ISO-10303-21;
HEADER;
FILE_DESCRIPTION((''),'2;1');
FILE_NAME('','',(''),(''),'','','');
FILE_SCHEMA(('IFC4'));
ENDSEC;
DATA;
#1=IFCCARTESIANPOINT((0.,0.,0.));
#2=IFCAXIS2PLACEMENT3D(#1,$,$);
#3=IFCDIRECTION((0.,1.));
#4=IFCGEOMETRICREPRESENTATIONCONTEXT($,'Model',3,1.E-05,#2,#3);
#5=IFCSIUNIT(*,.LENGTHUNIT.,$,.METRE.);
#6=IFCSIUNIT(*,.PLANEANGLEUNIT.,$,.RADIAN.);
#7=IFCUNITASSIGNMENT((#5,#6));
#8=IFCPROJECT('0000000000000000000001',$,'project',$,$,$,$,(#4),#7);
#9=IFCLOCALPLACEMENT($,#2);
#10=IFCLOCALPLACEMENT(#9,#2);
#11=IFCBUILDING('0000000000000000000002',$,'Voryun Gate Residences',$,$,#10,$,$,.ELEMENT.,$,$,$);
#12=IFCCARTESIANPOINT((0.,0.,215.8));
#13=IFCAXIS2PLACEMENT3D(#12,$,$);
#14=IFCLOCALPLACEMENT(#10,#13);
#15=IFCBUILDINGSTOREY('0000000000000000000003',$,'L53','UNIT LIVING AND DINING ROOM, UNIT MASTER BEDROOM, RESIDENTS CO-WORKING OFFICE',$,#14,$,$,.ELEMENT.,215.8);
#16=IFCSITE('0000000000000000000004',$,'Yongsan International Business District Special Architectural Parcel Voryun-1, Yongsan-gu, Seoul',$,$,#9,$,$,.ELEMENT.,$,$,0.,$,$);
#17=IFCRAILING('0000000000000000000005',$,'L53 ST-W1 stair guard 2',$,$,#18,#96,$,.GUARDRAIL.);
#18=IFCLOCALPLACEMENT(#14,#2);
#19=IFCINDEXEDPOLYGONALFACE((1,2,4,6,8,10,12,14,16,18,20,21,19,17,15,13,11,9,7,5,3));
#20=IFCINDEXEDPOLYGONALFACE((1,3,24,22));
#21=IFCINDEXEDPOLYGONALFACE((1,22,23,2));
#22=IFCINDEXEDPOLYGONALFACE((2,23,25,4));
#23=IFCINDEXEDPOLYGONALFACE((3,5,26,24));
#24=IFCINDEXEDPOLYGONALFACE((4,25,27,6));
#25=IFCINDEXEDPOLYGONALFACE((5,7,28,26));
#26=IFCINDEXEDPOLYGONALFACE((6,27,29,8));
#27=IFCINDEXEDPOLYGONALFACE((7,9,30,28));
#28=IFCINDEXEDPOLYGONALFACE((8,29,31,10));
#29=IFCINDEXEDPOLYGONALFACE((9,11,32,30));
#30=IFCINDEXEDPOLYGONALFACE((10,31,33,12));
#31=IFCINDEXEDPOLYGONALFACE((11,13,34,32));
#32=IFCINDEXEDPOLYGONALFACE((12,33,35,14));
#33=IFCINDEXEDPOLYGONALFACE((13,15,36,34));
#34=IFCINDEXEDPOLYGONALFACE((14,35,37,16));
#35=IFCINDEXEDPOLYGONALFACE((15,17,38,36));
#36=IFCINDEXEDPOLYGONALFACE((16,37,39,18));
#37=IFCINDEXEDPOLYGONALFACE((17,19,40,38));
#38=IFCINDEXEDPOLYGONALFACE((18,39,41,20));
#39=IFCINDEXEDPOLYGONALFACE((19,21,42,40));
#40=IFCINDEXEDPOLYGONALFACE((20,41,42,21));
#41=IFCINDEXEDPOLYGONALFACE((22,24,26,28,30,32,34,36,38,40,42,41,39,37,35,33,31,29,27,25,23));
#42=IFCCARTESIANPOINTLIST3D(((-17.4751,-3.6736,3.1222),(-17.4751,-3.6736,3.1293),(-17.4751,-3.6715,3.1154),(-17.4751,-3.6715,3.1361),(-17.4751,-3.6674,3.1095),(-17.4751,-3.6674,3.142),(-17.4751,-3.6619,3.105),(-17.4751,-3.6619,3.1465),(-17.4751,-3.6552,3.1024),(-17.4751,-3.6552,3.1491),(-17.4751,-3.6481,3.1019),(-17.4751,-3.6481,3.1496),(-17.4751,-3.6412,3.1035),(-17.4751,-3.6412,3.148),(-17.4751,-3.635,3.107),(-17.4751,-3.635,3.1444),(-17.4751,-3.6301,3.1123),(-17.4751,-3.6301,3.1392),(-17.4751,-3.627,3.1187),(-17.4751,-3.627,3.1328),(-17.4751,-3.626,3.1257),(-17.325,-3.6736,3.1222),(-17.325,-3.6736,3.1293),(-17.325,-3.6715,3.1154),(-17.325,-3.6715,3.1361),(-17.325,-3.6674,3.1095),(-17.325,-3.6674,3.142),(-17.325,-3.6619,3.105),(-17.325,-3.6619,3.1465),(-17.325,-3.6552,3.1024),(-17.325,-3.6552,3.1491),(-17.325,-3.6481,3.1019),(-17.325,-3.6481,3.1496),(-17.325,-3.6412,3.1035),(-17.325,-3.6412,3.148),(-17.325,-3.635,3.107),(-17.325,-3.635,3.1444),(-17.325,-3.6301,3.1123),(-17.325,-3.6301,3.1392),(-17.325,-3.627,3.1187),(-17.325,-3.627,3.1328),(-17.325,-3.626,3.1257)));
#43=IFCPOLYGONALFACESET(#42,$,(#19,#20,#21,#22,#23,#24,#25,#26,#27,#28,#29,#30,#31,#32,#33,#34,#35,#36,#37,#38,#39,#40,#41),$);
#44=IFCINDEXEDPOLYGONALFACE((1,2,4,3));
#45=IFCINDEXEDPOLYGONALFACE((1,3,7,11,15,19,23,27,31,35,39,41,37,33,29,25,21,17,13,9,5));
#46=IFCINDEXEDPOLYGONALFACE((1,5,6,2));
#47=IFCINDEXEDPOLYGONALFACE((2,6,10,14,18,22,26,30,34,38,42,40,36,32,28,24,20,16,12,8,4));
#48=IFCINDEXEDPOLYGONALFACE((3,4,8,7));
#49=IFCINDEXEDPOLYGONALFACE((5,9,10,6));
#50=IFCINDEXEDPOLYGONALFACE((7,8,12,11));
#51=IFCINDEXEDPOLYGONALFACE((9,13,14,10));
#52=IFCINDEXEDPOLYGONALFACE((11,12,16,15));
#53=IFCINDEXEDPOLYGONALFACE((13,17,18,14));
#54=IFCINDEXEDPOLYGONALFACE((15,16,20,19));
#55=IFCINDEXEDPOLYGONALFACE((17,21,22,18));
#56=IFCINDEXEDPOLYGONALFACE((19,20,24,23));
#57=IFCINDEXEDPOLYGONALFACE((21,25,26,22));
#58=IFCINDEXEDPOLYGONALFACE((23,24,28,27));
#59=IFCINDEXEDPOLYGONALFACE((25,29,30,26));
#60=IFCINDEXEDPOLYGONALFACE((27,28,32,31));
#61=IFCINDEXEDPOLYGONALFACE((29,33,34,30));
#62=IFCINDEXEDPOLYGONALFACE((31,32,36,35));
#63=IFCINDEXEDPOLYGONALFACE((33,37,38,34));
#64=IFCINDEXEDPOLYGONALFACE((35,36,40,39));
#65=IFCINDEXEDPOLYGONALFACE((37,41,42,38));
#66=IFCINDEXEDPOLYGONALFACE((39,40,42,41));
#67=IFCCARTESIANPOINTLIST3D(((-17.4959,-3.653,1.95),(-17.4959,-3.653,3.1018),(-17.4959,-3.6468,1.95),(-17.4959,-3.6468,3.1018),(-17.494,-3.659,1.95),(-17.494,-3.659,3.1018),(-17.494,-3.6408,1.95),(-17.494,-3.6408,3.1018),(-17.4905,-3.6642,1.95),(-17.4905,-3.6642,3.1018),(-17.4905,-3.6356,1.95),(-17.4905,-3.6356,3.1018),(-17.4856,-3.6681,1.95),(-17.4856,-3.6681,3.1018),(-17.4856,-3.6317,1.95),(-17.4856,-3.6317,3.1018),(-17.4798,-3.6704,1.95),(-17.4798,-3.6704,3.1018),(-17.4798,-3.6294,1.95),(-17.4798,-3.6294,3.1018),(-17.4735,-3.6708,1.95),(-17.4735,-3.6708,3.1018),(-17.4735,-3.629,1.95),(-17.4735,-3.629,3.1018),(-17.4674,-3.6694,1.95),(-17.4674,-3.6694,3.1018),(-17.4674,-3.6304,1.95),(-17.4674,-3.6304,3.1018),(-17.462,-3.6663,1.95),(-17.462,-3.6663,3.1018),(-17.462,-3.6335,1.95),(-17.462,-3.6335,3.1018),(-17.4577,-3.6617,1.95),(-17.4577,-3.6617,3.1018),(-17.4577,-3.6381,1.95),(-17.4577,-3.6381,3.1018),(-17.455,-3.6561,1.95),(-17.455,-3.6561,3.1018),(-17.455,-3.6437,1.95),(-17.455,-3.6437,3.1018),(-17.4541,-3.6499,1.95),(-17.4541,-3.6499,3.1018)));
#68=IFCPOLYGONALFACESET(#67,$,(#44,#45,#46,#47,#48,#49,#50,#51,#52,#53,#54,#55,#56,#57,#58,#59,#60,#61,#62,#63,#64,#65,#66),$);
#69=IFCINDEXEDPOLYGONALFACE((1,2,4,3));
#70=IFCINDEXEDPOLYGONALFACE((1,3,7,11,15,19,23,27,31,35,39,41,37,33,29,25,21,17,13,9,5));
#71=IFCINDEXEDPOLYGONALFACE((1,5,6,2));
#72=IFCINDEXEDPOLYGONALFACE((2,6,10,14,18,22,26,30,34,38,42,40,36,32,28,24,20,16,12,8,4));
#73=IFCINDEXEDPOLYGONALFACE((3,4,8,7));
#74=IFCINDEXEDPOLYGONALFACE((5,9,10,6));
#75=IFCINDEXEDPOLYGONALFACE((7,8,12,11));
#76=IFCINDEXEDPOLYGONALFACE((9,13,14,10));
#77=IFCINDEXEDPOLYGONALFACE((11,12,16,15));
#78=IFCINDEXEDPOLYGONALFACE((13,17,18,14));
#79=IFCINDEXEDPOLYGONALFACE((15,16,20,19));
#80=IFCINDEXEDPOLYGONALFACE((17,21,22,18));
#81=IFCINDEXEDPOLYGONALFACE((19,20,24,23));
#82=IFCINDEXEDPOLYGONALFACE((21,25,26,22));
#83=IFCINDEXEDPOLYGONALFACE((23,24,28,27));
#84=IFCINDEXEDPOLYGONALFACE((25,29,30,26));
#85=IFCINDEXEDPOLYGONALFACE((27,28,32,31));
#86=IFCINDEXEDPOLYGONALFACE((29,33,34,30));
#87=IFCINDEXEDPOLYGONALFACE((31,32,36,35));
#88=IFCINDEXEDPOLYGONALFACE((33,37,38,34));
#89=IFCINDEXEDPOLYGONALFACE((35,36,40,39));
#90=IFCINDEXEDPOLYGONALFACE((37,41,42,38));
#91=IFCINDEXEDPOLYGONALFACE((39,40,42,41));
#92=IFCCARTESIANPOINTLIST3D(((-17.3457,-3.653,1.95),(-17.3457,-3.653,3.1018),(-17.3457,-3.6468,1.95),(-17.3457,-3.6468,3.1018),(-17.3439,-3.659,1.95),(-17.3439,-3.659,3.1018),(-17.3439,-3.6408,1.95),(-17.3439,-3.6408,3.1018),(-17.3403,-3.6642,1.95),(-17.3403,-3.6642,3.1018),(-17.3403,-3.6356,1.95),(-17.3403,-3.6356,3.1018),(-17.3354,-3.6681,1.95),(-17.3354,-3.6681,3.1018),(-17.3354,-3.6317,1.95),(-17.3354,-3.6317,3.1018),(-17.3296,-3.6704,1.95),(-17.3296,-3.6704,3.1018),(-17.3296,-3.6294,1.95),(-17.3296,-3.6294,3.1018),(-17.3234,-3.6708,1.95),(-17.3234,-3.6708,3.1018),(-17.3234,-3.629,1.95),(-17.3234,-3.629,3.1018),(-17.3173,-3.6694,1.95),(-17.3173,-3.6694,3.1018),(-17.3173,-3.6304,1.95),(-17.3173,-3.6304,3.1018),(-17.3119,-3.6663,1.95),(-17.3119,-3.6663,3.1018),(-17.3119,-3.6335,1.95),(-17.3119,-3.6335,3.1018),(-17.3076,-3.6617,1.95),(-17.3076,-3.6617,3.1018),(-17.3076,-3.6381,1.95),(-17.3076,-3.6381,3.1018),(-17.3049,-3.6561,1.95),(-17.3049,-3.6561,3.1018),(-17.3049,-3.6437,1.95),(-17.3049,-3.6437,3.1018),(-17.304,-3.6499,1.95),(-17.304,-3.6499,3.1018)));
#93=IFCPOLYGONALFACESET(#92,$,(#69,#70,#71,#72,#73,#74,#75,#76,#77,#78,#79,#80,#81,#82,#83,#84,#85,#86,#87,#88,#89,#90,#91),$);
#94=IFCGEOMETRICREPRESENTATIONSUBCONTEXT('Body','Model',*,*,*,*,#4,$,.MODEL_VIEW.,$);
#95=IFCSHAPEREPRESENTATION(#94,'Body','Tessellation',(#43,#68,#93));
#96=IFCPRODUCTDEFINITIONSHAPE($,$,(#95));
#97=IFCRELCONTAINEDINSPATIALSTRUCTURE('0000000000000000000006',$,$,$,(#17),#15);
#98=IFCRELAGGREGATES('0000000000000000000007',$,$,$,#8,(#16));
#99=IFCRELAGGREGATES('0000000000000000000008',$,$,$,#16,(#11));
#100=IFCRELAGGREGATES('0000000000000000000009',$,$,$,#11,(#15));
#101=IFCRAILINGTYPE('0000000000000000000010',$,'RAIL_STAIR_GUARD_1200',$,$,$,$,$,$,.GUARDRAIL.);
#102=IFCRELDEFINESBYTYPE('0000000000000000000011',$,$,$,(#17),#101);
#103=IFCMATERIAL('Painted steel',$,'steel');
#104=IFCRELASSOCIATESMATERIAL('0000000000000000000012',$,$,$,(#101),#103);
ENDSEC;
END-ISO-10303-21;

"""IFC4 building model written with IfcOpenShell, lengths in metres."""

from ifc_helpers import new_model, si_unit, direction, frame, origin, origin_2d, place, context, subcontext, project, spatial, circle, extrude, material, type_object, element, save


model = new_model("IFC4")

# Units and contexts
model_context = context("Model", 3, precision=1e-05, world=origin(), true_north=direction((0.0, 1.0)))
body_context = subcontext(model_context, "Body", "Model", "MODEL_VIEW")
ifc_project = project(units=[si_unit("LENGTHUNIT", "METRE"), si_unit("PLANEANGLEUNIT", "RADIAN")], contexts=[model_context])

# Site, building, storey
site_placement = place(None, origin())
site = spatial("IfcSite", under=ifc_project, at=site_placement, Name="Yongsan International Business District Special Architectural Parcel Voryun-1, Yongsan-gu, Seoul", CompositionType="ELEMENT", RefElevation=0.0)
building_placement = place(site_placement, origin())
building = spatial("IfcBuilding", under=site, at=building_placement, Name="Voryun Gate Residences", CompositionType="ELEMENT")
storey_placement = place(building_placement, frame((0.0, 0.0, 215.8)))
storey = spatial("IfcBuildingStorey", under=building, at=storey_placement, Name="L53", Description="UNIT LIVING AND DINING ROOM, UNIT MASTER BEDROOM, RESIDENTS CO-WORKING OFFICE", CompositionType="ELEMENT", Elevation=215.8)

# Railing
ifc_material_1 = material(Name="Painted steel", Category="steel")
railing_type_1 = type_object("IfcRailingType", Name="RAIL_STAIR_GUARD_1200", PredefinedType="GUARDRAIL", material=ifc_material_1)
railing_1_placement = place(storey_placement, frame((-17.4751, -3.6499, 1.95)))
element("IfcRailing", 1, at=railing_1_placement, inside=storey, type_object=railing_type_1, Name="L53 ST-W1 stair guard 2", PredefinedType="GUARDRAIL", context=body_context, shape_type="SweptSolid", body=[
    extrude(circle(Radius=0.0239, at=origin_2d()), frame((0.0, 0.0, 1.1758), z_axis=(1.0, 0.0, 0.0), x_axis=(0.0, 1.0, 0.0)), (0.0, 0.0, 1.0), 0.1501),
    extrude(circle(Radius=0.021, at=origin_2d()), origin(), (0.0, 0.0, 1.0), 1.1519),
    extrude(circle(Radius=0.021, at=origin_2d()), frame((0.1501, 0.0, 0.0)), (0.0, 0.0, 1.0), 1.1519),
])

save(model, "model.ifc")
